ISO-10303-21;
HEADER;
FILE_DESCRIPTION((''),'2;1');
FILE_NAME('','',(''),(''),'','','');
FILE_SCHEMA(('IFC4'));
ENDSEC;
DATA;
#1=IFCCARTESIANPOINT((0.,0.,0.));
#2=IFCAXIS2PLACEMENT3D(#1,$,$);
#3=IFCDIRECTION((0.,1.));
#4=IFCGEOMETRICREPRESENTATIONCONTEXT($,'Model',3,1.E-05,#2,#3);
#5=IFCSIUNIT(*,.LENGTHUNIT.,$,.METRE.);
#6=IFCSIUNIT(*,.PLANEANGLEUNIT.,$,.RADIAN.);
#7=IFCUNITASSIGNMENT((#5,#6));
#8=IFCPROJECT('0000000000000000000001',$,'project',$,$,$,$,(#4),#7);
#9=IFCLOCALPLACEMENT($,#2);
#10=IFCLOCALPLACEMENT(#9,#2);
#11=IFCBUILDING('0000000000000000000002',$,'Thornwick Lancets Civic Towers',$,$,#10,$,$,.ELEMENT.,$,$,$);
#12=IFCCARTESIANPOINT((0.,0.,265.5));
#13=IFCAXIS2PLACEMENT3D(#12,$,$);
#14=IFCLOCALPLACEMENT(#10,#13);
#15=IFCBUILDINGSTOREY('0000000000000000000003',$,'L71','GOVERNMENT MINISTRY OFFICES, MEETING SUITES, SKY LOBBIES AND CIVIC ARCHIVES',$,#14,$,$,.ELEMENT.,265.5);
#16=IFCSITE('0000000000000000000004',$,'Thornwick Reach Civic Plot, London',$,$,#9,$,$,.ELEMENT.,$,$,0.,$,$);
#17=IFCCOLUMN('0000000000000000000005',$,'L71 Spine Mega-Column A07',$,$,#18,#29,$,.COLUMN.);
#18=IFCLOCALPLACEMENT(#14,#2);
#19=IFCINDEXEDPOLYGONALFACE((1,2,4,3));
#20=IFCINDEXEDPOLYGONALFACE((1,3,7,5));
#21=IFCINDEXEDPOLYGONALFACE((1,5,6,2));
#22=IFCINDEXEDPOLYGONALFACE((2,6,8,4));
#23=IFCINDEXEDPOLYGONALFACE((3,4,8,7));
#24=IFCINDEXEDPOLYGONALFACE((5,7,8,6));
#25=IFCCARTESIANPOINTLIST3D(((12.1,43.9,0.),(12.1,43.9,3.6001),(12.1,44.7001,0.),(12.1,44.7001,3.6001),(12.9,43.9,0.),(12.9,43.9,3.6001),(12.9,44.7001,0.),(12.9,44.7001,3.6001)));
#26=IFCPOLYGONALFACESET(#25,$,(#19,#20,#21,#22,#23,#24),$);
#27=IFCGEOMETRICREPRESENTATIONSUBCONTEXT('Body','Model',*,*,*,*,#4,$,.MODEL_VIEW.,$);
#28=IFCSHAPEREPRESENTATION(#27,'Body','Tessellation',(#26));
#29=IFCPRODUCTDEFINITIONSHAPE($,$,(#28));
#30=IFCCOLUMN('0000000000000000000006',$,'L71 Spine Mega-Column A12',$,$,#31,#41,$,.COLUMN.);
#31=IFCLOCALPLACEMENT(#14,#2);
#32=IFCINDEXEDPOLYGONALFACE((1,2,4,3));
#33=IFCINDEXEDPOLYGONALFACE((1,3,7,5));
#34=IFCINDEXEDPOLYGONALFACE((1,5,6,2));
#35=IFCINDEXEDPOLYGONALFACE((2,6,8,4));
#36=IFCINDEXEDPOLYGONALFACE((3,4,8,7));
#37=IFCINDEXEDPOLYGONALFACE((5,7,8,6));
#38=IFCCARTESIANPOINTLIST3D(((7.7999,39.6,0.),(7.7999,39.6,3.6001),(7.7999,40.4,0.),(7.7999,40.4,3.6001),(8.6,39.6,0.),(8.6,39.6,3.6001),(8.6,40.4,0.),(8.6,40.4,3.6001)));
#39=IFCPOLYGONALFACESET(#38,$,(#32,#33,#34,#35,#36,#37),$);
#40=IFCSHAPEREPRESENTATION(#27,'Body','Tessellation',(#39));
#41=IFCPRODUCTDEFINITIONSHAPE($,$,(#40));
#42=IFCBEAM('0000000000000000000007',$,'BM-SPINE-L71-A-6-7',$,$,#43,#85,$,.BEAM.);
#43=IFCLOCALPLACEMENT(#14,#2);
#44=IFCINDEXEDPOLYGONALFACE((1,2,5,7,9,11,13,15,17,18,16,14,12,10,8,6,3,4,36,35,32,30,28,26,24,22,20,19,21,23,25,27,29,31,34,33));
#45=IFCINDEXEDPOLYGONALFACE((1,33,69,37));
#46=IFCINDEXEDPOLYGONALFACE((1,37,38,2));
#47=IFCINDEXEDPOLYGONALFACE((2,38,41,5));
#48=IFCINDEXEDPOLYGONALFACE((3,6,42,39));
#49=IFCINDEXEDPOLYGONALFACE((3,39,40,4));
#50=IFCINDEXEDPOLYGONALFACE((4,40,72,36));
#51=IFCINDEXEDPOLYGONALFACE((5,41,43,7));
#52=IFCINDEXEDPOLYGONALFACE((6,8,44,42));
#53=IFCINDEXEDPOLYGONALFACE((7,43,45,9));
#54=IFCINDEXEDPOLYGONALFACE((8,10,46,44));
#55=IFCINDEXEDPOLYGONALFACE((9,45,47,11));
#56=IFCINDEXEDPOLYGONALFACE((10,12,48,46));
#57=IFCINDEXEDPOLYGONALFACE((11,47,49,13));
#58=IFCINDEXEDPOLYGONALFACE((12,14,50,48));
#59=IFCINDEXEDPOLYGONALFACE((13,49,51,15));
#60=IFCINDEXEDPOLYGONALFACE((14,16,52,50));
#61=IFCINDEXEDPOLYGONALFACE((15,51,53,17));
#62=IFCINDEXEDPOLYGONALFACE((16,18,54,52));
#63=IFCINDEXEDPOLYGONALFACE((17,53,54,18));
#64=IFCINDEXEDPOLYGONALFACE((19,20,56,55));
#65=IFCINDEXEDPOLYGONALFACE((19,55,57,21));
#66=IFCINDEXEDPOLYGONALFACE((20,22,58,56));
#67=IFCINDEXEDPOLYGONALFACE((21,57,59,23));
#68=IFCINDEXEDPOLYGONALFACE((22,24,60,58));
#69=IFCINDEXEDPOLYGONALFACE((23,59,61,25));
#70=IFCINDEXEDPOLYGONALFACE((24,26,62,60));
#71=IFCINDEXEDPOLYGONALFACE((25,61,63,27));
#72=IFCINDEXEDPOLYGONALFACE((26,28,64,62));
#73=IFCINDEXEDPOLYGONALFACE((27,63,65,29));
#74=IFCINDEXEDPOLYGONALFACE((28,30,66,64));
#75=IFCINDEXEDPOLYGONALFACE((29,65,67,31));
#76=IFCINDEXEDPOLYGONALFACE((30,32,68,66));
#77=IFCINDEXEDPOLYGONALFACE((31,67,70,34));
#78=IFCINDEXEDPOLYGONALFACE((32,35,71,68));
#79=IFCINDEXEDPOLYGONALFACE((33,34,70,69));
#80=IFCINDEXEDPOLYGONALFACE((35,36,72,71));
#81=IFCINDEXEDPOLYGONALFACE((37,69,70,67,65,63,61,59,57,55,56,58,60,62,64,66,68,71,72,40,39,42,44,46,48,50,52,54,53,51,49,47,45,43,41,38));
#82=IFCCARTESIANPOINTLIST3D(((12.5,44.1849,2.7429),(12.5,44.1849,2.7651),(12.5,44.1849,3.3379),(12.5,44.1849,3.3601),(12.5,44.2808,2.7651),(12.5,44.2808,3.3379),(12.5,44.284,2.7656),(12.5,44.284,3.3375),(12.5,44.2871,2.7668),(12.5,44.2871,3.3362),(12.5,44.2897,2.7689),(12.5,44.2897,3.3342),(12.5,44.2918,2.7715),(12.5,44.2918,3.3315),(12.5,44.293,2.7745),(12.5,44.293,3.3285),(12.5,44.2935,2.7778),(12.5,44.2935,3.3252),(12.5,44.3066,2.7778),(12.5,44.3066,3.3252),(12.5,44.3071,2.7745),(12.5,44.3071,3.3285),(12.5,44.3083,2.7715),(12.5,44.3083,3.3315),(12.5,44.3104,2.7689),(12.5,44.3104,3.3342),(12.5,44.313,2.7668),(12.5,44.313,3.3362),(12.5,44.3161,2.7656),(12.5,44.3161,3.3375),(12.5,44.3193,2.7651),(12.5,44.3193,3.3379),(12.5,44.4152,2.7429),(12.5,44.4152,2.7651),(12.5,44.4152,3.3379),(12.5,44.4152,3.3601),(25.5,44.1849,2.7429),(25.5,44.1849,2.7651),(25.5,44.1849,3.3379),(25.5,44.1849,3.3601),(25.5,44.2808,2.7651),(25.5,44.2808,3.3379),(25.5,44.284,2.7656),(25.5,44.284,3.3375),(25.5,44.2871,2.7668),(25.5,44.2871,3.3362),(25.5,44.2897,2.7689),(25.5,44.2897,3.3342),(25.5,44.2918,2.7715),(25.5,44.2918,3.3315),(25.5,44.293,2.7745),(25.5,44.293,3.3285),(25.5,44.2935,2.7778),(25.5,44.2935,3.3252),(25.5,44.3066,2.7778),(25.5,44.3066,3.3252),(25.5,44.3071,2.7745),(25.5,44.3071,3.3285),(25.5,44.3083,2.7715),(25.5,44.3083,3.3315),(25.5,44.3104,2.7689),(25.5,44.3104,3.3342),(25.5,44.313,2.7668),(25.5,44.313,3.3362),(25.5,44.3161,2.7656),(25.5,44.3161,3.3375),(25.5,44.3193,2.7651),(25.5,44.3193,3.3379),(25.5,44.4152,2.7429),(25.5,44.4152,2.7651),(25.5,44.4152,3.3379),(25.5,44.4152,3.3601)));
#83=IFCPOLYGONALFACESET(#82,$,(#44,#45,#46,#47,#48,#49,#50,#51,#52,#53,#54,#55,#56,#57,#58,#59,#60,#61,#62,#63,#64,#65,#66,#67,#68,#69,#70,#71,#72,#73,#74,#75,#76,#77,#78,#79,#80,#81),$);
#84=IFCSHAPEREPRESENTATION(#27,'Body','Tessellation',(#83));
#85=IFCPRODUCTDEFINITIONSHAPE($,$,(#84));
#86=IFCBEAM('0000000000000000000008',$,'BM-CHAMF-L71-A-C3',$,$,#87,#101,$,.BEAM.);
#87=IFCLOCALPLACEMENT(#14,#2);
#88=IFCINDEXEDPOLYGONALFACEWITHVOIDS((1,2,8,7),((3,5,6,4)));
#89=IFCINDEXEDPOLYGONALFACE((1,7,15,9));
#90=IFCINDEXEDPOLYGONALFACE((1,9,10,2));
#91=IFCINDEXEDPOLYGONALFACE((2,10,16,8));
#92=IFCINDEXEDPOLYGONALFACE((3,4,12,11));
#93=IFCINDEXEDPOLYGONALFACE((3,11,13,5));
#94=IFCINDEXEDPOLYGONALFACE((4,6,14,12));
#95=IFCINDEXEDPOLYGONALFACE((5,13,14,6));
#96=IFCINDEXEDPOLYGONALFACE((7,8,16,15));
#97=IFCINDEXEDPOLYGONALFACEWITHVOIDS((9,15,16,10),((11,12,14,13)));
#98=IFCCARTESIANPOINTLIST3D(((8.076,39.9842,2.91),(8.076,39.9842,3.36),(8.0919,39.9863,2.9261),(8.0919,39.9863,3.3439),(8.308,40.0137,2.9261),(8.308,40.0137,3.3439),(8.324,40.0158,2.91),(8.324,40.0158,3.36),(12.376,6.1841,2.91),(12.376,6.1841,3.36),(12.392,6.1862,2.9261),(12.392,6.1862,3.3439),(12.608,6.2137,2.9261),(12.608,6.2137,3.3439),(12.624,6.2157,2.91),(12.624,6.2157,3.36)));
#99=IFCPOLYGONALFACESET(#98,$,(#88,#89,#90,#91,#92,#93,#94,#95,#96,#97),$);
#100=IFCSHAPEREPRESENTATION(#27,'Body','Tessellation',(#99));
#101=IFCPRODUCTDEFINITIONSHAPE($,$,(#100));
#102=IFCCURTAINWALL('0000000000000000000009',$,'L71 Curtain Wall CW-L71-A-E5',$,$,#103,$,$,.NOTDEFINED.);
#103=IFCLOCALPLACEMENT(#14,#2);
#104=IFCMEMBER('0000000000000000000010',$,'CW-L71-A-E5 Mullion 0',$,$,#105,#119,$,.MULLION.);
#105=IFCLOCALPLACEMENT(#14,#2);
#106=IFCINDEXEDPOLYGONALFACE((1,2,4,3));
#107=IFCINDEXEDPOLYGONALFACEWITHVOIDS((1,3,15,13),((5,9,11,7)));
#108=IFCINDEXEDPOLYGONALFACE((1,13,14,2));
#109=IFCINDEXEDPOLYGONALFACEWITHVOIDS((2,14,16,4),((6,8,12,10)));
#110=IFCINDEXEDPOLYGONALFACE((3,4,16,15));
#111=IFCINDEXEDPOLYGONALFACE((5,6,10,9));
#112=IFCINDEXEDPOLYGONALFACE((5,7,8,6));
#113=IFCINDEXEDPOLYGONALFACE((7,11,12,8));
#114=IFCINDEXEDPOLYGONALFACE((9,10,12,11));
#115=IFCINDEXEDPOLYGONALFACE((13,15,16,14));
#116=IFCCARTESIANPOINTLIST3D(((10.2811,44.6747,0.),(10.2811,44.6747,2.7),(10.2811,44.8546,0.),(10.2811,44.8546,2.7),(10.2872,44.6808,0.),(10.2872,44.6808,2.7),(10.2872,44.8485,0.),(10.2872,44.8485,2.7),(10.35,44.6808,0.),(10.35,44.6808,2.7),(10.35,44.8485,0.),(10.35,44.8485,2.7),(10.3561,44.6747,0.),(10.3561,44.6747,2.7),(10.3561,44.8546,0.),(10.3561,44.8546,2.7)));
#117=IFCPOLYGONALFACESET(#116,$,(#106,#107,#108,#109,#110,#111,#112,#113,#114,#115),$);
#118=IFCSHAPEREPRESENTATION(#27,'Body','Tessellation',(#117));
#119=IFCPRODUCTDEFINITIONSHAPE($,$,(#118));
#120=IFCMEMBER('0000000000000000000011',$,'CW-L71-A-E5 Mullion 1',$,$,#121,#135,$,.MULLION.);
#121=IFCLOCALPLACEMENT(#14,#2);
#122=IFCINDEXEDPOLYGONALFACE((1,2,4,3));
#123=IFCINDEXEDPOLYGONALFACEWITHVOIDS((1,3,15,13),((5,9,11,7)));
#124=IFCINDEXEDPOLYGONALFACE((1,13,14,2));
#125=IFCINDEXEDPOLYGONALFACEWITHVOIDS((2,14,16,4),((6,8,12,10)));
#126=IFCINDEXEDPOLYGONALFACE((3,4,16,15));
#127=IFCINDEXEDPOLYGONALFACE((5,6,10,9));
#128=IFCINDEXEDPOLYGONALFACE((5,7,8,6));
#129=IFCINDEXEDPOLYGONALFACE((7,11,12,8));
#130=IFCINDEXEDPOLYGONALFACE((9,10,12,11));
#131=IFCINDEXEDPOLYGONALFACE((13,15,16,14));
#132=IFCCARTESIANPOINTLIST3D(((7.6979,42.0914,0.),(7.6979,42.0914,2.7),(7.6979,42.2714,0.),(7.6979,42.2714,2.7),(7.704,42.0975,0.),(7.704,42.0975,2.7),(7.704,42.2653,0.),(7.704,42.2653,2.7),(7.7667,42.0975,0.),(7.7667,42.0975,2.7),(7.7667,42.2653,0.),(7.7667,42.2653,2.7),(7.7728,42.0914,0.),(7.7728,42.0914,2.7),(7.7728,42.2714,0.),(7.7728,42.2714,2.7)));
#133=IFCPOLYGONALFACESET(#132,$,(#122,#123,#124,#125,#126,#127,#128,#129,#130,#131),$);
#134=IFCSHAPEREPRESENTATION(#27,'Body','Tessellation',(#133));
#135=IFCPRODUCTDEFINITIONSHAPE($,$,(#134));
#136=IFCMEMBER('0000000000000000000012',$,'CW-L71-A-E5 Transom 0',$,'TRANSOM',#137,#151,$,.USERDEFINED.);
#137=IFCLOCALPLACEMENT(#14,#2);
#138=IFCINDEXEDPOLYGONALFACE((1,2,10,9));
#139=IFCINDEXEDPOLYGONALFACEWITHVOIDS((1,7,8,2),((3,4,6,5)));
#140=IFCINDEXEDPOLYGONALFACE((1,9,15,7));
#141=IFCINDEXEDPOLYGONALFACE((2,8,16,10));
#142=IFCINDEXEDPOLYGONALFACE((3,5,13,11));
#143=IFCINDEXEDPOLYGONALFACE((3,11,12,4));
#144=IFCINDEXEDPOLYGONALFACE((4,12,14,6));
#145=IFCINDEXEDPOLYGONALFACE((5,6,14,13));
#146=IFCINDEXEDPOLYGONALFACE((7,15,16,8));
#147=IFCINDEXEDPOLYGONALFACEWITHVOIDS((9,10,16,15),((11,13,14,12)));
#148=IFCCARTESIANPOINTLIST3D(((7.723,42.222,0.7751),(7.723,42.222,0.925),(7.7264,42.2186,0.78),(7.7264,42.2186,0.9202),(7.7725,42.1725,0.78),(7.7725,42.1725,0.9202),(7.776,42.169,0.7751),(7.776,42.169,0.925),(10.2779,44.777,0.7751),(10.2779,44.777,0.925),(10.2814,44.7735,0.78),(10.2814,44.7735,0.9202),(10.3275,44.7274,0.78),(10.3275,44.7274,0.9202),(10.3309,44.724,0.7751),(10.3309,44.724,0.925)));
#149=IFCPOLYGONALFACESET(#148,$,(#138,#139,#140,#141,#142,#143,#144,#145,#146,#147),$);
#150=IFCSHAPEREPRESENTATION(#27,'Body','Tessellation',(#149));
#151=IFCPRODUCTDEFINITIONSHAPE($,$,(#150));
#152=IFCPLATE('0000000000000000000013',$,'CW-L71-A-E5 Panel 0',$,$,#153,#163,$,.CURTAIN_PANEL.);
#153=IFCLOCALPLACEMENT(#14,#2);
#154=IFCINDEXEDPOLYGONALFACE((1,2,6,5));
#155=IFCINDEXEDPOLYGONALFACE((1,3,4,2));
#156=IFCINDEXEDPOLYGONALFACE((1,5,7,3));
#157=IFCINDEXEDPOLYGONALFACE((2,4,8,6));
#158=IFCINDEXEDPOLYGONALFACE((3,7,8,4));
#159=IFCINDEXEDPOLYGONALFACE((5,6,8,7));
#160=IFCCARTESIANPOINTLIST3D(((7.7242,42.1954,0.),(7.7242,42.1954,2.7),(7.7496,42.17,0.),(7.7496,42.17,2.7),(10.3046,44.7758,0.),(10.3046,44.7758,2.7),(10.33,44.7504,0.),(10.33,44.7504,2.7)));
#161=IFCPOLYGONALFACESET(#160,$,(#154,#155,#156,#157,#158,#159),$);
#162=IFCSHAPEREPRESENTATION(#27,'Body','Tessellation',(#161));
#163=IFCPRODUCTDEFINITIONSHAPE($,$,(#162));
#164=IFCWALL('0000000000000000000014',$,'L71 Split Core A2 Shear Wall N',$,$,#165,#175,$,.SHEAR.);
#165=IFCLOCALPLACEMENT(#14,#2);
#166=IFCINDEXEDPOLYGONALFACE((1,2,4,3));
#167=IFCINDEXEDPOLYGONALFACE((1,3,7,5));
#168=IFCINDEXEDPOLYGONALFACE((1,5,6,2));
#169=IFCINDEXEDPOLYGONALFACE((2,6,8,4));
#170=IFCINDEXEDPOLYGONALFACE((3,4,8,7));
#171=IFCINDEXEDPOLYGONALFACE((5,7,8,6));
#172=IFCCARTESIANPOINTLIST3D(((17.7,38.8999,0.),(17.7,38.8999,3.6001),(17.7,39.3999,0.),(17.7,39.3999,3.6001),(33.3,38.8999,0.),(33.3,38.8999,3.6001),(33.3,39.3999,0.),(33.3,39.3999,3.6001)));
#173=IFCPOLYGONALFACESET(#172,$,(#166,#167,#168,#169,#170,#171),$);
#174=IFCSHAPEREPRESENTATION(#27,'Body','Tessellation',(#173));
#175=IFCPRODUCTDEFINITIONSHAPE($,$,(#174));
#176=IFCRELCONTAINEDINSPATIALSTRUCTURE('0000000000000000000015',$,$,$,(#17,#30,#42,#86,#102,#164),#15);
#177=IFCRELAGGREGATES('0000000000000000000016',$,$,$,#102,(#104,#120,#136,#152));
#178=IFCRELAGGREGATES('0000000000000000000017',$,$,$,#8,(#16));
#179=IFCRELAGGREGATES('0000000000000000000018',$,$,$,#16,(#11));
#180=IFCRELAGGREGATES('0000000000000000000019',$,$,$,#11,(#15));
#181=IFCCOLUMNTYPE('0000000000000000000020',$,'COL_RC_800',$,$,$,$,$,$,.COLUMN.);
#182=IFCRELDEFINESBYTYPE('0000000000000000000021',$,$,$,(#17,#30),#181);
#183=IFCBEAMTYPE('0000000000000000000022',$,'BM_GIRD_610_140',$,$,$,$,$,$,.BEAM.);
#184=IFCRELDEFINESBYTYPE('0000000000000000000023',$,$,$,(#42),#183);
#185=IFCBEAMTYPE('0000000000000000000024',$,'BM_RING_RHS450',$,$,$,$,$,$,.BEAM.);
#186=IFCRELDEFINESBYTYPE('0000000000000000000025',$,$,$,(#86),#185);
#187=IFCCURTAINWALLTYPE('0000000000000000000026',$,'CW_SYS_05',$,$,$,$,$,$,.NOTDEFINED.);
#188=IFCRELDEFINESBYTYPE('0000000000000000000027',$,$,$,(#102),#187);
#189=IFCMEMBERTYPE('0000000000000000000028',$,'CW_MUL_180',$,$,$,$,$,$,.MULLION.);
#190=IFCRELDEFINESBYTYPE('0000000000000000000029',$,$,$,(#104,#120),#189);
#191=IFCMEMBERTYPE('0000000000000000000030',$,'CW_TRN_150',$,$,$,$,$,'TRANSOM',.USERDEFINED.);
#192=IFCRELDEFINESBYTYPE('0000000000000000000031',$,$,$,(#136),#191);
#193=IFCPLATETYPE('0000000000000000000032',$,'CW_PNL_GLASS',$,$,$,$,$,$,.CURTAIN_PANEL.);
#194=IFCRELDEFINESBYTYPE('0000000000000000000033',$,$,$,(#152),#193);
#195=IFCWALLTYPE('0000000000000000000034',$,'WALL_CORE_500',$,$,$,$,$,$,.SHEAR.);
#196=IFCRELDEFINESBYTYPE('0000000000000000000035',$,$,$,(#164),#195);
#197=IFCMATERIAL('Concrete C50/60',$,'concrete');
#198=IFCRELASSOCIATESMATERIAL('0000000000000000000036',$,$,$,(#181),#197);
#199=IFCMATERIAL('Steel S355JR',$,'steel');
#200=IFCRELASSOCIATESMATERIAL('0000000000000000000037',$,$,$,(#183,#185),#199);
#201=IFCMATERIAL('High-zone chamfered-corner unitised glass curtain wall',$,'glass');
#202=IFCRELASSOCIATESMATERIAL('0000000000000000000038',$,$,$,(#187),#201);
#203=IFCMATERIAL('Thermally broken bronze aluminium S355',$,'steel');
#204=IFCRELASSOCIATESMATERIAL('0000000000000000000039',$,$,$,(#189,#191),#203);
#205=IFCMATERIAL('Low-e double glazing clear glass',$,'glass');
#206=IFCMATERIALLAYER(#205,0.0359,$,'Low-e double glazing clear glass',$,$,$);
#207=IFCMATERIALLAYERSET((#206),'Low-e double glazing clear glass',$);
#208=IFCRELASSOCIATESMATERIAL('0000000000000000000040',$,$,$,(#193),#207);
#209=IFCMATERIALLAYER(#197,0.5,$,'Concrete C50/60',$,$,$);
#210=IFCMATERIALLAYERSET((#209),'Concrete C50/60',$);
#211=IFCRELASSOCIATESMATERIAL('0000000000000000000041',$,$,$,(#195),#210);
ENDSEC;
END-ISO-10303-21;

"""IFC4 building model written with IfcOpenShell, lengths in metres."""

from ifc_helpers import new_model, si_unit, direction, frame, frame_2d, origin, origin_2d, place, context, subcontext, project, spatial, rectangle, hollow_rectangle, i_section, extrude, material, layer, layer_set, material_profile, profile_set, type_object, element, aggregate, save


model = new_model("IFC4")

# Units and contexts
model_context = context("Model", 3, precision=1e-05, world=origin(), true_north=direction((0.0, 1.0)))
body_context = subcontext(model_context, "Body", "Model", "MODEL_VIEW")
ifc_project = project(units=[si_unit("LENGTHUNIT", "METRE"), si_unit("PLANEANGLEUNIT", "RADIAN")], contexts=[model_context])

# Site, building, storey
site_placement = place(None, origin())
site = spatial("IfcSite", under=ifc_project, at=site_placement, Name="Thornwick Reach Civic Plot, London", CompositionType="ELEMENT", RefElevation=0.0)
building_placement = place(site_placement, origin())
building = spatial("IfcBuilding", under=site, at=building_placement, Name="Thornwick Lancets Civic Towers", CompositionType="ELEMENT")
storey_placement = place(building_placement, frame((0.0, 0.0, 265.5)))
storey = spatial("IfcBuildingStorey", under=building, at=storey_placement, Name="L71", Description="GOVERNMENT MINISTRY OFFICES, MEETING SUITES, SKY LOBBIES AND CIVIC ARCHIVES", CompositionType="ELEMENT", Elevation=265.5)

# Columns
ifc_material_1 = material(Name="Concrete C50/60", Category="concrete")
ifc_material_profile_1 = material_profile(ifc_material_1, rectangle(XDim=0.8, YDim=0.8, at=origin_2d()), Name="RC 800x800")
ifc_profile_set_1 = profile_set([ifc_material_profile_1], Name="Concrete C50/60")
column_type = type_object("IfcColumnType", Name="COL_RC_800", PredefinedType="COLUMN", material=ifc_profile_set_1)
for number, where, z_axis, x_axis, name in (
    (1, (12.5, 44.3, 0.0), (0.0, 0.0, 1.0), (1.0, 0.0, 0.0), "L71 Spine Mega-Column A07"),
    (2, (8.2, 40.0, 0.0), (0.0, 0.0, 1.0), (1.0, 0.0, 0.0), "L71 Spine Mega-Column A12"),
):
    element("IfcColumn", number, at=place(storey_placement, frame(where, z_axis=z_axis, x_axis=x_axis)), inside=storey, type_object=column_type, Name=name, PredefinedType="COLUMN", context=body_context, shape_type="SweptSolid", body=[
        extrude(rectangle(XDim=0.8, YDim=0.8, at=origin_2d()), origin(), (0.0, 0.0, 1.0), 3.6001),
    ])

# Beams
ifc_material_2 = material(Name="Steel S355JR", Category="steel")
ifc_material_profile_2 = material_profile(ifc_material_2, i_section(OverallWidth=0.2302, OverallDepth=0.6172, WebThickness=0.0132, FlangeThickness=0.0222, FilletRadius=0.0127, at=origin_2d()), Name="UKB 610x229x140")
ifc_profile_set_2 = profile_set([ifc_material_profile_2], Name="Steel S355JR")
beam_type_1 = type_object("IfcBeamType", Name="BM_GIRD_610_140", PredefinedType="BEAM", material=ifc_profile_set_2)
beam_1_placement = place(storey_placement, frame((12.5, 44.3, 3.0515), z_axis=(1.0, 0.0, 0.0), x_axis=(0.0, 1.0, 0.0)))
element("IfcBeam", 3, at=beam_1_placement, inside=storey, type_object=beam_type_1, Name="BM-SPINE-L71-A-6-7", PredefinedType="BEAM", context=body_context, shape_type="SweptSolid", body=[
    extrude(i_section(OverallWidth=0.2302, OverallDepth=0.6172, WebThickness=0.0132, FlangeThickness=0.0222, FilletRadius=0.0127, at=origin_2d()), origin(), (0.0, 0.0, 1.0), 13.0),
])
ifc_material_profile_3 = material_profile(ifc_material_2, hollow_rectangle(XDim=0.25, YDim=0.45, WallThickness=0.0161, at=origin_2d()), Name="RHS 450x250x16")
ifc_profile_set_3 = profile_set([ifc_material_profile_3], Name="Steel S355JR")
beam_type_2 = type_object("IfcBeamType", Name="BM_RING_RHS450", PredefinedType="BEAM", material=ifc_profile_set_3)
beam_2_placement = place(storey_placement, frame((8.2, 40.0, 3.135), z_axis=(0.126203, -0.992004, 0.0), x_axis=(0.992004, 0.126203, 0.0)))
element("IfcBeam", 4, at=beam_2_placement, inside=storey, type_object=beam_type_2, Name="BM-CHAMF-L71-A-C3", PredefinedType="BEAM", context=body_context, shape_type="SweptSolid", body=[
    extrude(hollow_rectangle(XDim=0.25, YDim=0.45, WallThickness=0.0161, at=origin_2d()), origin(), (0.0, 0.0, 1.0), 34.0725),
])

# Curtain wall, members, plate
ifc_material_3 = material(Name="High-zone chamfered-corner unitised glass curtain wall", Category="glass")
curtain_wall_type = type_object("IfcCurtainWallType", Name="CW_SYS_05", PredefinedType="NOTDEFINED", material=ifc_material_3)
curtain_wall_placement = place(storey_placement, origin())
curtain_wall = element("IfcCurtainWall", 5, at=curtain_wall_placement, inside=storey, type_object=curtain_wall_type, Name="L71 Curtain Wall CW-L71-A-E5", PredefinedType="NOTDEFINED")
ifc_material_4 = material(Name="Thermally broken bronze aluminium S355", Category="steel")
ifc_material_profile_4 = material_profile(ifc_material_4, hollow_rectangle(XDim=0.075, YDim=0.1799, WallThickness=0.0061, at=origin_2d()), Name="RHS 180x75x6")
ifc_profile_set_4 = profile_set([ifc_material_profile_4], Name="Thermally broken bronze aluminium S355")
member_type_1 = type_object("IfcMemberType", Name="CW_MUL_180", PredefinedType="MULLION", material=ifc_profile_set_4)
member_1_placement = place(storey_placement, frame((10.3186, 44.7646, 0.0), z_axis=(0.0, 0.0, 1.0), x_axis=(1.0, 0.0, 0.0)))
member_1 = element("IfcMember", 6, at=member_1_placement, type_object=member_type_1, Name="CW-L71-A-E5 Mullion 0", PredefinedType="MULLION", context=body_context, shape_type="SweptSolid", body=[
    extrude(hollow_rectangle(XDim=0.075, YDim=0.1799, WallThickness=0.0061, at=origin_2d()), origin(), (0.0, 0.0, 1.0), 2.7),
])
member_2_placement = place(storey_placement, frame((7.7354, 42.1814, 0.0), z_axis=(0.0, 0.0, 1.0), x_axis=(1.0, 0.0, 0.0)))
member_2 = element("IfcMember", 7, at=member_2_placement, type_object=member_type_1, Name="CW-L71-A-E5 Mullion 1", PredefinedType="MULLION", context=body_context, shape_type="SweptSolid", body=[
    extrude(hollow_rectangle(XDim=0.075, YDim=0.1799, WallThickness=0.0061, at=origin_2d()), origin(), (0.0, 0.0, 1.0), 2.7),
])
ifc_material_profile_5 = material_profile(ifc_material_4, hollow_rectangle(XDim=0.075, YDim=0.1499, WallThickness=0.0049, at=origin_2d()), Name="RHS 150x75x5")
ifc_profile_set_5 = profile_set([ifc_material_profile_5], Name="Thermally broken bronze aluminium S355")
member_type_2 = type_object("IfcMemberType", Name="CW_TRN_150", ElementType="TRANSOM", PredefinedType="USERDEFINED", material=ifc_profile_set_5)
member_3_placement = place(storey_placement, frame((10.3044, 44.7505, 0.8501), z_axis=(-0.707107, -0.707107, 0.0), x_axis=(0.707107, -0.707107, 0.0)))
member_3 = element("IfcMember", 8, at=member_3_placement, type_object=member_type_2, Name="CW-L71-A-E5 Transom 0", ObjectType="TRANSOM", PredefinedType="USERDEFINED", context=body_context, shape_type="SweptSolid", body=[
    extrude(hollow_rectangle(XDim=0.075, YDim=0.1499, WallThickness=0.0049, at=origin_2d()), origin(), (0.0, 0.0, 1.0), 3.6133),
])
ifc_material_5 = material(Name="Low-e double glazing clear glass", Category="glass")
ifc_layer_1 = layer(ifc_material_5, 0.0359, Name="Low-e double glazing clear glass")
ifc_layer_set_1 = layer_set([ifc_layer_1], Name="Low-e double glazing clear glass")
plate_type = type_object("IfcPlateType", Name="CW_PNL_GLASS", PredefinedType="CURTAIN_PANEL", material=ifc_layer_set_1)
plate_placement = place(storey_placement, frame((9.0271, 43.4729, 0.0), z_axis=(0.0, 0.0, 1.0), x_axis=(-0.707107, -0.707107, 0.0)))
plate = element("IfcPlate", 9, at=plate_placement, type_object=plate_type, Name="CW-L71-A-E5 Panel 0", PredefinedType="CURTAIN_PANEL", context=body_context, shape_type="SweptSolid", body=[
    extrude(rectangle(XDim=3.6492, YDim=0.0359, at=origin_2d()), origin(), (0.0, 0.0, 1.0), 2.7),
])
aggregate(curtain_wall, [member_1, member_2, member_3, plate])

# Wall
ifc_layer_2 = layer(ifc_material_1, 0.5, Name="Concrete C50/60")
ifc_layer_set_2 = layer_set([ifc_layer_2], Name="Concrete C50/60")
wall_type_1 = type_object("IfcWallType", Name="WALL_CORE_500", PredefinedType="SHEAR", material=ifc_layer_set_2)
wall_1_placement = place(storey_placement, frame((17.7, 39.1499, 0.0), z_axis=(0.0, 0.0, 1.0), x_axis=(1.0, 0.0, 0.0)))
element("IfcWall", 10, at=wall_1_placement, inside=storey, type_object=wall_type_1, Name="L71 Split Core A2 Shear Wall N", PredefinedType="SHEAR", context=body_context, shape_type="SweptSolid", body=[
    extrude(rectangle(XDim=15.6001, YDim=0.5, at=frame_2d((7.8, 0.0))), origin(), (0.0, 0.0, 1.0), 3.6001),
])

save(model, "model.ifc")
